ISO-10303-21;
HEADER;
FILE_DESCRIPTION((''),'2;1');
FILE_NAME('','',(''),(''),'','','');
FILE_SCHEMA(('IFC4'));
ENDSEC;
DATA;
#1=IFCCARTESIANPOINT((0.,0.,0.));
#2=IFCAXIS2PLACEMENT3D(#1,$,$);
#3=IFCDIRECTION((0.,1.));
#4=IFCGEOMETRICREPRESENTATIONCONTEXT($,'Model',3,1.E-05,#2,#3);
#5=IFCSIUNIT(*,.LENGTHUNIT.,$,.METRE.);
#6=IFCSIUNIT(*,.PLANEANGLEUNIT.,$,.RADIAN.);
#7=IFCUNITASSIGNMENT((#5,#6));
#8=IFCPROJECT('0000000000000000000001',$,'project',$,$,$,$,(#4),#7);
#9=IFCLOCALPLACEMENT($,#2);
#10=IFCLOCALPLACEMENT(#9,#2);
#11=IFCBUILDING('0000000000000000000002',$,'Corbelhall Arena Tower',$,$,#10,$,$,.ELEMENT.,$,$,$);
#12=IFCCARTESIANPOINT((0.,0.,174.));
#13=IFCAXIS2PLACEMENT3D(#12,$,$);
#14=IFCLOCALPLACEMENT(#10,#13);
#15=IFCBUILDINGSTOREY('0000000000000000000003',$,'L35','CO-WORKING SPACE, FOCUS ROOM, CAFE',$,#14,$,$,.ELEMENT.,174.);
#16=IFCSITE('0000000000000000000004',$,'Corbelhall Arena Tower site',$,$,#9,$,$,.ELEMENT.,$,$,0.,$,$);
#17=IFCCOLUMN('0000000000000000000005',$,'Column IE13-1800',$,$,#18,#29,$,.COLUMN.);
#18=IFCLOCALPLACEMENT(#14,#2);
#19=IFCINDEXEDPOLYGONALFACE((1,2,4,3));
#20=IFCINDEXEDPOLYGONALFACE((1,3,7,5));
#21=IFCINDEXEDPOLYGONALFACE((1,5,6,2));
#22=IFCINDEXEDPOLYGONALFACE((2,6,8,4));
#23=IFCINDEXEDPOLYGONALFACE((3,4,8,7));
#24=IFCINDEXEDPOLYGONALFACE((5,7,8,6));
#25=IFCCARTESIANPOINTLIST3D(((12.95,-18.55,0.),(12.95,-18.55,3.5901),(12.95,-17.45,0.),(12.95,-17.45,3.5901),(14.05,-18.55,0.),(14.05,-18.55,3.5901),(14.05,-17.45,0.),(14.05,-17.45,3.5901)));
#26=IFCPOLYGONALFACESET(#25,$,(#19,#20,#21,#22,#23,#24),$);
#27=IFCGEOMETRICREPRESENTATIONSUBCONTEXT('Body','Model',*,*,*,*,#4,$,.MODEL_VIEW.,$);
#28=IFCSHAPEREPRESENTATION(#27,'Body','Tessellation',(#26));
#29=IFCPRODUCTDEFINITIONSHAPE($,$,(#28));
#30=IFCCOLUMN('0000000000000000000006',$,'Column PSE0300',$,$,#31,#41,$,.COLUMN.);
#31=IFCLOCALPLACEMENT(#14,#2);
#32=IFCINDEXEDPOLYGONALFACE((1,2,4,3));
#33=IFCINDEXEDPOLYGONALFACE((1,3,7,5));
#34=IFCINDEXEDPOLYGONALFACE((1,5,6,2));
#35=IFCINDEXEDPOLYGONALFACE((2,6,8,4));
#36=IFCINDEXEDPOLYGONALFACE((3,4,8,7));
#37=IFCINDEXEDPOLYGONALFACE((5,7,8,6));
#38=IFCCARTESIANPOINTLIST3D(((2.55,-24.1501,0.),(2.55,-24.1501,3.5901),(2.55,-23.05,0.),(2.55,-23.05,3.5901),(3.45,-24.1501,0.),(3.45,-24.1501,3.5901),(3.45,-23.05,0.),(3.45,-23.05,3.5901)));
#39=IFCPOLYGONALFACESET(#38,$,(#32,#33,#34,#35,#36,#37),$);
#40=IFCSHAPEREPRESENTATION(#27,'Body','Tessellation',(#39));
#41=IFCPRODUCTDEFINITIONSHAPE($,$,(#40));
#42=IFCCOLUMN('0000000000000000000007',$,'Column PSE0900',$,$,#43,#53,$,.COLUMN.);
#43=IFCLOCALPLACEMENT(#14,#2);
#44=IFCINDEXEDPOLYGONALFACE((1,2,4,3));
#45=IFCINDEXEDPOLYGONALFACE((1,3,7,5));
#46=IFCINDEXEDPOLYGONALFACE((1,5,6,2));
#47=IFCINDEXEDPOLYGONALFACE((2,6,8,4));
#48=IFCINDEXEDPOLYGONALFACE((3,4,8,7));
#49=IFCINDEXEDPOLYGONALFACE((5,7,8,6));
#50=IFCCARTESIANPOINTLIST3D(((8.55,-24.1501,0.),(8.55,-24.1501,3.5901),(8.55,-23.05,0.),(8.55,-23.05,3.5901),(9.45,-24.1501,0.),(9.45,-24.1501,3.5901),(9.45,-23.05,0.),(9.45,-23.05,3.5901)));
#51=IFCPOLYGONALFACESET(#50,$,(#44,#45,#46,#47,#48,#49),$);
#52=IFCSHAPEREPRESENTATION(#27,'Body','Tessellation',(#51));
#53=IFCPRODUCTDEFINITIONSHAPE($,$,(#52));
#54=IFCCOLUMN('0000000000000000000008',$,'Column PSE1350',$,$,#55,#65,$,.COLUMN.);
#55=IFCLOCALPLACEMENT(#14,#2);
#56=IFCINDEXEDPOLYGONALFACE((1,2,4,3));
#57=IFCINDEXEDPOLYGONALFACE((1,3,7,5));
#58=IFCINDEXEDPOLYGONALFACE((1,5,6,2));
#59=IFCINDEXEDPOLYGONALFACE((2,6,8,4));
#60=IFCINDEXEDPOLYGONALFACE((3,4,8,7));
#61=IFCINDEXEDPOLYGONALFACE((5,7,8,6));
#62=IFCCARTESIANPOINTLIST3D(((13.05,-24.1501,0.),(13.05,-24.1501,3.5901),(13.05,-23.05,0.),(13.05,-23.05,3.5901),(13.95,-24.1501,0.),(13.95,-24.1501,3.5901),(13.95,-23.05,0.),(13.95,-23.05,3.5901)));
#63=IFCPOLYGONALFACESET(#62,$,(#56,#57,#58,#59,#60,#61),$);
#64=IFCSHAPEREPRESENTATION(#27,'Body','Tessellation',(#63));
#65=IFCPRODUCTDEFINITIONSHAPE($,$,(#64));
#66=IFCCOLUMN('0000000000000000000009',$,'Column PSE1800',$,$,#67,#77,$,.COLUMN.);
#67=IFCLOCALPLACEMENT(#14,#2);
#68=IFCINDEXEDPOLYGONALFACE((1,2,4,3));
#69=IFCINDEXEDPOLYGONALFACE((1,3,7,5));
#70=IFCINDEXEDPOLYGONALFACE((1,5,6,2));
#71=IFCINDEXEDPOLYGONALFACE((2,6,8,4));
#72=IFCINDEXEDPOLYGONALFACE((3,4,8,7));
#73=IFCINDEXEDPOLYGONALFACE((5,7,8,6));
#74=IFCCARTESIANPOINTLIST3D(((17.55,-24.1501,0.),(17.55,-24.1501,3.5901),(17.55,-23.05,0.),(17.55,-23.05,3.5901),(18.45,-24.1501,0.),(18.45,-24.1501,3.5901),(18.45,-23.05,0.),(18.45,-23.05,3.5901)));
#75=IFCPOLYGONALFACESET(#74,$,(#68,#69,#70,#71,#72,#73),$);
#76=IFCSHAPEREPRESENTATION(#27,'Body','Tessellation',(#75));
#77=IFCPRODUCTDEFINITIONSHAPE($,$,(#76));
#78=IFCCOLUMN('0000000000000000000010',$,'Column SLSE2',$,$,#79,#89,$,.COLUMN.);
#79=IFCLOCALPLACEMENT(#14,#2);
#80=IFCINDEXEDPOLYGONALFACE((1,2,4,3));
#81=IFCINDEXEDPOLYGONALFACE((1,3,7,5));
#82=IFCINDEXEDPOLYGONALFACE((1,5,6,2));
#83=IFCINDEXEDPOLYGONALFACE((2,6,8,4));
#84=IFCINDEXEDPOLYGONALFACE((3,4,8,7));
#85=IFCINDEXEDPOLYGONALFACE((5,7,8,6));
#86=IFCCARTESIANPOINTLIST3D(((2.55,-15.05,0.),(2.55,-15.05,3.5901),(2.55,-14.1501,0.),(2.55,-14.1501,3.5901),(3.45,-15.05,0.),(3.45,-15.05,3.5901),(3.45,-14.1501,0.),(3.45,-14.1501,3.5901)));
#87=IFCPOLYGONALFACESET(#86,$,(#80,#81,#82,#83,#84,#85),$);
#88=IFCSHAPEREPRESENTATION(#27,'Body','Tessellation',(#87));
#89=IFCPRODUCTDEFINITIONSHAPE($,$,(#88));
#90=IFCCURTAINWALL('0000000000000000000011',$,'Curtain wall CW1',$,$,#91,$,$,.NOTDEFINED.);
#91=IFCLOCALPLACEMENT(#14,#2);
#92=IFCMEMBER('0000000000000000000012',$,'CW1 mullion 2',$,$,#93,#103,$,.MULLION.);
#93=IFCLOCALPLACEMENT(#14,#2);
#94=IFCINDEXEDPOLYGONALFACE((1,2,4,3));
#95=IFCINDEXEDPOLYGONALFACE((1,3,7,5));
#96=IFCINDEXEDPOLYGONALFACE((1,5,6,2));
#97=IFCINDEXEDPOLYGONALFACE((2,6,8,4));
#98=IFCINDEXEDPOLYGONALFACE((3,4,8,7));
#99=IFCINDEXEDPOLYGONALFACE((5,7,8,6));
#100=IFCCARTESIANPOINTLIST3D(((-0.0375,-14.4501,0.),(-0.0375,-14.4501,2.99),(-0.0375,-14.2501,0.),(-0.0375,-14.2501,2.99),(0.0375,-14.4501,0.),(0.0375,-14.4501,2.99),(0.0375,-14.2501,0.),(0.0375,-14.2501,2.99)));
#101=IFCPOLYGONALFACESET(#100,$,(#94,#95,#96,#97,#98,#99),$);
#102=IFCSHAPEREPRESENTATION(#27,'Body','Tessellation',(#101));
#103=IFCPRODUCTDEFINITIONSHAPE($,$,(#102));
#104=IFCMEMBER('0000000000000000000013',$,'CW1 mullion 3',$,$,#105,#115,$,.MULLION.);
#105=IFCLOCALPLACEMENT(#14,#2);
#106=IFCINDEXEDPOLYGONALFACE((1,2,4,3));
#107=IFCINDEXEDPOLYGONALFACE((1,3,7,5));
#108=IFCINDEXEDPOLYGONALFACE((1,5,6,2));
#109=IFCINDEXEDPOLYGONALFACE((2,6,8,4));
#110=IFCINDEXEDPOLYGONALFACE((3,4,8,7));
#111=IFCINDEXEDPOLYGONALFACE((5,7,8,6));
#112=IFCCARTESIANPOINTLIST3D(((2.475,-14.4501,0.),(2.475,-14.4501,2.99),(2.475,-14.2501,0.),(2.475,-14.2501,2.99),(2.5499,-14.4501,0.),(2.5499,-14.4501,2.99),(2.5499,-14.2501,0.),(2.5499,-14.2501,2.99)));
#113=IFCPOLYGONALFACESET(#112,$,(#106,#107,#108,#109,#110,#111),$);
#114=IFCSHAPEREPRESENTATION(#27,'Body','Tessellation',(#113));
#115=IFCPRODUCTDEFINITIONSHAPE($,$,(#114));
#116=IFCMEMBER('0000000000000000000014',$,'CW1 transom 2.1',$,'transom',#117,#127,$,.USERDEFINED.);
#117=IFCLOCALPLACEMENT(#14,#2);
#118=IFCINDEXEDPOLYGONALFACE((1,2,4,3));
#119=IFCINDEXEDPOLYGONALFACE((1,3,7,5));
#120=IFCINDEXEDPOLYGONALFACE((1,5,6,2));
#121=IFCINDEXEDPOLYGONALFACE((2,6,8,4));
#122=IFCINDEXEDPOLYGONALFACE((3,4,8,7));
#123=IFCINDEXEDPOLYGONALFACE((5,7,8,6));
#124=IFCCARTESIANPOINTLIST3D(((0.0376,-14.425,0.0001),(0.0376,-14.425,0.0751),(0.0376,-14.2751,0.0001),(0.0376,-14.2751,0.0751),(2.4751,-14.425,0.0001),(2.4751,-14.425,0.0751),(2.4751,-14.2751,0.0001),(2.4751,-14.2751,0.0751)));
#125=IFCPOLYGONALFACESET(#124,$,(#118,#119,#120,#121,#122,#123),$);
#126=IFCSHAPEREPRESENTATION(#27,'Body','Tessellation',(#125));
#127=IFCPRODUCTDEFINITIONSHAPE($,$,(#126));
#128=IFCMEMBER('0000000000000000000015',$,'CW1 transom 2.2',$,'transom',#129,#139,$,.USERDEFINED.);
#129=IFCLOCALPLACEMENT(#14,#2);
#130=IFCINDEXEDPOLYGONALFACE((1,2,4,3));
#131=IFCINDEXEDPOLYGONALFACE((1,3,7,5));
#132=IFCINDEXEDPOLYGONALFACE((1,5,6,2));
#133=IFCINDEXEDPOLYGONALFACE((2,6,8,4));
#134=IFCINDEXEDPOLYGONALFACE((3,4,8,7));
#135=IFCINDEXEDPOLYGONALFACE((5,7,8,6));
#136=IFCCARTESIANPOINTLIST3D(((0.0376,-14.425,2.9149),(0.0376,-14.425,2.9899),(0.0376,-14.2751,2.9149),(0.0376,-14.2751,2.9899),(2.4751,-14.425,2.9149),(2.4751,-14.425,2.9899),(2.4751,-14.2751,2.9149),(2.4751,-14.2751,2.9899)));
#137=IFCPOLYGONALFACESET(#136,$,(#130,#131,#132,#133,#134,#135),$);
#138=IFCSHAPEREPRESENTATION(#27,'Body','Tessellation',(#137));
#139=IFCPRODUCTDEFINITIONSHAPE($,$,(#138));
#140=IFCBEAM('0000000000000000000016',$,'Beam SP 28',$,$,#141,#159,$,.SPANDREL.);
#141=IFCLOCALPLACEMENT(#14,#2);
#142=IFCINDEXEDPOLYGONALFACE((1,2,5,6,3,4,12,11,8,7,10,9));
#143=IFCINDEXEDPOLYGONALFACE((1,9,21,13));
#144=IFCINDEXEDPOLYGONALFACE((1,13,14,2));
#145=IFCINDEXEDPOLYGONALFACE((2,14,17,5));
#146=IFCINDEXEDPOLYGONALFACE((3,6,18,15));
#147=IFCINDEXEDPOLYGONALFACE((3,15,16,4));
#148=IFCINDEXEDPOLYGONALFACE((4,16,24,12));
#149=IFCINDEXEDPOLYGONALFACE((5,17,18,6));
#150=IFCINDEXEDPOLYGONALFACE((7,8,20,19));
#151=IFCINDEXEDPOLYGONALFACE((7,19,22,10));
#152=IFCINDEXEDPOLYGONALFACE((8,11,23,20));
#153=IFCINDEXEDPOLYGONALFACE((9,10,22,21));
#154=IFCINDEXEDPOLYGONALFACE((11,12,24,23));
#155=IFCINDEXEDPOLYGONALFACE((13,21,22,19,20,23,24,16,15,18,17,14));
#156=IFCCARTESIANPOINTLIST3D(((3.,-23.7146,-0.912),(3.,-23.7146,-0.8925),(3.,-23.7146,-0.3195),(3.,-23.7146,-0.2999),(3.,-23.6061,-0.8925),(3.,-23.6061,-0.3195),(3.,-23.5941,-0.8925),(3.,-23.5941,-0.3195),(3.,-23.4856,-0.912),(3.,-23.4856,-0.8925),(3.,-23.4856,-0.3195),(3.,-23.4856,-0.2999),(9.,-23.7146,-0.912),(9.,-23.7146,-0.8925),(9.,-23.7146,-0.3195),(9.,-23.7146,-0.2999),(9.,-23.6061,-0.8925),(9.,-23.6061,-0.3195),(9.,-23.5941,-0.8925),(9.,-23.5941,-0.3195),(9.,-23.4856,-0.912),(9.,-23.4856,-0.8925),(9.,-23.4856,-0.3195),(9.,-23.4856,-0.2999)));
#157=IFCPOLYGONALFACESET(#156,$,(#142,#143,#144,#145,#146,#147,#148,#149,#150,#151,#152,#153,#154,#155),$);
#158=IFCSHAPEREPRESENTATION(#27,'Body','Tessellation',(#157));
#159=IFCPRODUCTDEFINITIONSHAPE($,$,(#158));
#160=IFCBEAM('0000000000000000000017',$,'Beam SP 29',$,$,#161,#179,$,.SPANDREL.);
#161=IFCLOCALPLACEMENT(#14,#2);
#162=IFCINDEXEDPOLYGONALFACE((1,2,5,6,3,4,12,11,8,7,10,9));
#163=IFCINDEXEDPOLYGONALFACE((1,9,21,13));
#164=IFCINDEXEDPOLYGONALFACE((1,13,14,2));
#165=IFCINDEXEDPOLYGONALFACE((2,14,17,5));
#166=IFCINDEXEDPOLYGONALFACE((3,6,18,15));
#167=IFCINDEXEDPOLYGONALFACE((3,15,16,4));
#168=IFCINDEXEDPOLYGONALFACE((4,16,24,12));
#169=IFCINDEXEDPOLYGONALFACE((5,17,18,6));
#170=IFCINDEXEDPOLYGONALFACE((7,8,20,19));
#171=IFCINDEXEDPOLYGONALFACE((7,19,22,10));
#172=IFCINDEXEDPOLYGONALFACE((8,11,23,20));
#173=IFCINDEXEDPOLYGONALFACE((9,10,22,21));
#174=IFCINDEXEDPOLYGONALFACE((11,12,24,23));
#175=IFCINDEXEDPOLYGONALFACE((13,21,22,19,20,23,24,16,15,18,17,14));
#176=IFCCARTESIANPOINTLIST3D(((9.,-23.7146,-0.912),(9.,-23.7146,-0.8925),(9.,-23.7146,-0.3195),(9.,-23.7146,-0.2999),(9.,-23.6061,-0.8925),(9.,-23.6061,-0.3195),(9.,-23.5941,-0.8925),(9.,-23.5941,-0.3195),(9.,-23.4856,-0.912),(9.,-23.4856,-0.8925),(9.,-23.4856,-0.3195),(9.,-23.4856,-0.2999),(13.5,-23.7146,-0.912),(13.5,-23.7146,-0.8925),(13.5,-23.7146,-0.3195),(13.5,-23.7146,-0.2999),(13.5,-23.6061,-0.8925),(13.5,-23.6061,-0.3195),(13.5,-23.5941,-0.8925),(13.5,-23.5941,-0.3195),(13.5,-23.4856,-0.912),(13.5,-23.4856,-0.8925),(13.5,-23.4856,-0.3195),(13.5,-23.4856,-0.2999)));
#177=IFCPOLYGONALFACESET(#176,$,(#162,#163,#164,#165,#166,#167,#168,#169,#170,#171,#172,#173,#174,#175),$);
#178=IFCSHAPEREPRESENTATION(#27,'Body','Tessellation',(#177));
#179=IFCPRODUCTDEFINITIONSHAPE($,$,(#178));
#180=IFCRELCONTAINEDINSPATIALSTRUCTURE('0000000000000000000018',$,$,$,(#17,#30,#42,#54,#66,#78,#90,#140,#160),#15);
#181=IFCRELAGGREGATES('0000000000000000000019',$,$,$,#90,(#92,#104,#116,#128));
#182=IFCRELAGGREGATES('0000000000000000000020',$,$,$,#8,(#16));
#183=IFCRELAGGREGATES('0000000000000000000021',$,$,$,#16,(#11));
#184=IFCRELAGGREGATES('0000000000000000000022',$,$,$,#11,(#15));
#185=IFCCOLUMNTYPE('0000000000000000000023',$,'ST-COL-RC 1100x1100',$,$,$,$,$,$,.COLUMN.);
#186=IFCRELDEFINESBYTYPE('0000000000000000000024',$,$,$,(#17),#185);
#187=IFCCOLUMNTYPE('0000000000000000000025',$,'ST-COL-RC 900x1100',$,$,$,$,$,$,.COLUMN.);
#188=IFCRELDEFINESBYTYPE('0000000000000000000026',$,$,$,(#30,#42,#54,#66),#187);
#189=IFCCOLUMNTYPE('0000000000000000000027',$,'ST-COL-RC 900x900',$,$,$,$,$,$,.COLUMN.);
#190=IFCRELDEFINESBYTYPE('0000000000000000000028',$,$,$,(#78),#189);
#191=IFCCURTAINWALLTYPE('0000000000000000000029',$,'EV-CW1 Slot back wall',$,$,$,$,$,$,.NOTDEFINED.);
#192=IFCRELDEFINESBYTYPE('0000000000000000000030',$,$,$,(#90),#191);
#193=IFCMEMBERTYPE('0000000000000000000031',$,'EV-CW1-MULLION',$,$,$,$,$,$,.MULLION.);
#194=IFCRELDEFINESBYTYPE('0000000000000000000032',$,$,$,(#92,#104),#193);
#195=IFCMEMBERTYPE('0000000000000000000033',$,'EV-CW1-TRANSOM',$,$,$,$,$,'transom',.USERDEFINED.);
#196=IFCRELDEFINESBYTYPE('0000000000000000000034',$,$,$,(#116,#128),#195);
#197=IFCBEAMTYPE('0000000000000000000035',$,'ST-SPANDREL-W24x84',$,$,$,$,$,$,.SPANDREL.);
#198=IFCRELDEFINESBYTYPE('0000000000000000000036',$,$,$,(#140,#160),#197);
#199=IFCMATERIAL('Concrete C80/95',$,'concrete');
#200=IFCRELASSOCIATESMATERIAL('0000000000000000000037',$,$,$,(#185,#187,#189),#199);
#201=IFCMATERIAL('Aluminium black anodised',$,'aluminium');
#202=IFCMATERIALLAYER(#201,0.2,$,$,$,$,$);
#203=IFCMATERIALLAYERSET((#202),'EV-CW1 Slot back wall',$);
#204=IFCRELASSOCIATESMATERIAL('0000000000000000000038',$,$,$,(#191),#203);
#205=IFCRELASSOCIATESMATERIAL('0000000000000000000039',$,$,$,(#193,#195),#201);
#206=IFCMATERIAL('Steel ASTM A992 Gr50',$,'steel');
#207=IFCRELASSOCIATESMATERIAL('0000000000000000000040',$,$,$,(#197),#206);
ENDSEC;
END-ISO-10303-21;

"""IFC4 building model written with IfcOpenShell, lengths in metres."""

from ifc_helpers import new_model, si_unit, direction, frame, origin, origin_2d, place, context, subcontext, project, spatial, rectangle, i_section, extrude, material, layer, layer_set, material_profile, profile_set, type_object, element, aggregate, save


model = new_model("IFC4")

# Units and contexts
model_context = context("Model", 3, precision=1e-05, world=origin(), true_north=direction((0.0, 1.0)))
body_context = subcontext(model_context, "Body", "Model", "MODEL_VIEW")
ifc_project = project(units=[si_unit("LENGTHUNIT", "METRE"), si_unit("PLANEANGLEUNIT", "RADIAN")], contexts=[model_context])

# Site, building, storey
site_placement = place(None, origin())
site = spatial("IfcSite", under=ifc_project, at=site_placement, Name="Corbelhall Arena Tower site", CompositionType="ELEMENT", RefElevation=0.0)
building_placement = place(site_placement, origin())
building = spatial("IfcBuilding", under=site, at=building_placement, Name="Corbelhall Arena Tower", CompositionType="ELEMENT")
storey_placement = place(building_placement, frame((0.0, 0.0, 174.0)))
storey = spatial("IfcBuildingStorey", under=building, at=storey_placement, Name="L35", Description="CO-WORKING SPACE, FOCUS ROOM, CAFE", CompositionType="ELEMENT", Elevation=174.0)

# Columns
ifc_material_1 = material(Name="Concrete C80/95", Category="concrete")
ifc_material_profile_1 = material_profile(ifc_material_1, rectangle(XDim=1.1001, YDim=1.1001, at=origin_2d()))
ifc_profile_set_1 = profile_set([ifc_material_profile_1], Name="Concrete C80/95")
column_type_1 = type_object("IfcColumnType", Name="ST-COL-RC 1100x1100", PredefinedType="COLUMN", material=ifc_profile_set_1)
column_1_placement = place(storey_placement, frame((13.5, -18.0, 0.0), z_axis=(0.0, 0.0, 1.0), x_axis=(1.0, 0.0, 0.0)))
element("IfcColumn", 1, at=column_1_placement, inside=storey, type_object=column_type_1, Name="Column IE13-1800", PredefinedType="COLUMN", context=body_context, shape_type="SweptSolid", body=[
    extrude(rectangle(XDim=1.1001, YDim=1.1001, at=origin_2d()), origin(), (0.0, 0.0, 1.0), 3.5901),
])
ifc_material_profile_2 = material_profile(ifc_material_1, rectangle(XDim=0.8999, YDim=1.1001, at=origin_2d()))
ifc_profile_set_2 = profile_set([ifc_material_profile_2], Name="Concrete C80/95")
column_type_2 = type_object("IfcColumnType", Name="ST-COL-RC 900x1100", PredefinedType="COLUMN", material=ifc_profile_set_2)
for number, where, z_axis, x_axis, name in (
    (2, (3.0, -23.6001, 0.0), (0.0, 0.0, 1.0), (1.0, 0.0, 0.0), "Column PSE0300"),
    (3, (9.0, -23.6001, 0.0), (0.0, 0.0, 1.0), (1.0, 0.0, 0.0), "Column PSE0900"),
    (4, (13.5, -23.6001, 0.0), (0.0, 0.0, 1.0), (1.0, 0.0, 0.0), "Column PSE1350"),
    (5, (18.0, -23.6001, 0.0), (0.0, 0.0, 1.0), (1.0, 0.0, 0.0), "Column PSE1800"),
):
    element("IfcColumn", number, at=place(storey_placement, frame(where, z_axis=z_axis, x_axis=x_axis)), inside=storey, type_object=column_type_2, Name=name, PredefinedType="COLUMN", context=body_context, shape_type="SweptSolid", body=[
        extrude(rectangle(XDim=0.8999, YDim=1.1001, at=origin_2d()), origin(), (0.0, 0.0, 1.0), 3.5901),
    ])
ifc_material_profile_3 = material_profile(ifc_material_1, rectangle(XDim=0.8999, YDim=0.8999, at=origin_2d()))
ifc_profile_set_3 = profile_set([ifc_material_profile_3], Name="Concrete C80/95")
column_type_3 = type_object("IfcColumnType", Name="ST-COL-RC 900x900", PredefinedType="COLUMN", material=ifc_profile_set_3)
column_2_placement = place(storey_placement, frame((3.0, -14.6001, 0.0), z_axis=(0.0, 0.0, 1.0), x_axis=(1.0, 0.0, 0.0)))
element("IfcColumn", 6, at=column_2_placement, inside=storey, type_object=column_type_3, Name="Column SLSE2", PredefinedType="COLUMN", context=body_context, shape_type="SweptSolid", body=[
    extrude(rectangle(XDim=0.8999, YDim=0.8999, at=origin_2d()), origin(), (0.0, 0.0, 1.0), 3.5901),
])

# Curtain wall, members
ifc_material_2 = material(Name="Aluminium black anodised", Category="aluminium")
ifc_layer_1 = layer(ifc_material_2, 0.2)
ifc_layer_set_1 = layer_set([ifc_layer_1], Name="EV-CW1 Slot back wall")
curtain_wall_type = type_object("IfcCurtainWallType", Name="EV-CW1 Slot back wall", PredefinedType="NOTDEFINED", material=ifc_layer_set_1)
curtain_wall_placement = place(storey_placement, origin())
curtain_wall = element("IfcCurtainWall", 7, at=curtain_wall_placement, inside=storey, type_object=curtain_wall_type, Name="Curtain wall CW1", PredefinedType="NOTDEFINED")
ifc_material_profile_4 = material_profile(ifc_material_2, rectangle(XDim=0.2, YDim=0.075, at=origin_2d()))
ifc_profile_set_4 = profile_set([ifc_material_profile_4], Name="Aluminium black anodised")
member_type_1 = type_object("IfcMemberType", Name="EV-CW1-MULLION", PredefinedType="MULLION", material=ifc_profile_set_4)
member_1_placement = place(storey_placement, frame((0.0, -14.3501, 0.0), z_axis=(0.0, 0.0, 1.0), x_axis=(0.0, 1.0, 0.0)))
member_1 = element("IfcMember", 8, at=member_1_placement, type_object=member_type_1, Name="CW1 mullion 2", PredefinedType="MULLION", context=body_context, shape_type="SweptSolid", body=[
    extrude(rectangle(XDim=0.2, YDim=0.075, at=origin_2d()), origin(), (0.0, 0.0, 1.0), 2.99),
])
member_2_placement = place(storey_placement, frame((2.5125, -14.3501, 0.0), z_axis=(0.0, 0.0, 1.0), x_axis=(0.0, 1.0, 0.0)))
member_2 = element("IfcMember", 9, at=member_2_placement, type_object=member_type_1, Name="CW1 mullion 3", PredefinedType="MULLION", context=body_context, shape_type="SweptSolid", body=[
    extrude(rectangle(XDim=0.2, YDim=0.075, at=origin_2d()), origin(), (0.0, 0.0, 1.0), 2.99),
])
ifc_material_profile_5 = material_profile(ifc_material_2, rectangle(XDim=0.1499, YDim=0.075, at=origin_2d()))
ifc_profile_set_5 = profile_set([ifc_material_profile_5], Name="Aluminium black anodised")
member_type_2 = type_object("IfcMemberType", Name="EV-CW1-TRANSOM", ElementType="transom", PredefinedType="USERDEFINED", material=ifc_profile_set_5)
member_3_placement = place(storey_placement, frame((0.0376, -14.3501, 0.0376), z_axis=(1.0, 0.0, 0.0), x_axis=(0.0, 1.0, 0.0)))
member_3 = element("IfcMember", 10, at=member_3_placement, type_object=member_type_2, Name="CW1 transom 2.1", ObjectType="transom", PredefinedType="USERDEFINED", context=body_context, shape_type="SweptSolid", body=[
    extrude(rectangle(XDim=0.1499, YDim=0.075, at=origin_2d()), origin(), (0.0, 0.0, 1.0), 2.4375),
])
member_4_placement = place(storey_placement, frame((0.0376, -14.3501, 2.9524), z_axis=(1.0, 0.0, 0.0), x_axis=(0.0, 1.0, 0.0)))
member_4 = element("IfcMember", 11, at=member_4_placement, type_object=member_type_2, Name="CW1 transom 2.2", ObjectType="transom", PredefinedType="USERDEFINED", context=body_context, shape_type="SweptSolid", body=[
    extrude(rectangle(XDim=0.1499, YDim=0.075, at=origin_2d()), origin(), (0.0, 0.0, 1.0), 2.4375),
])

# Beams
ifc_material_3 = material(Name="Steel ASTM A992 Gr50", Category="steel")
ifc_material_profile_6 = material_profile(ifc_material_3, i_section(OverallWidth=0.229, OverallDepth=0.6121, WebThickness=0.012, FlangeThickness=0.0195, at=origin_2d()))
ifc_profile_set_6 = profile_set([ifc_material_profile_6], Name="Steel ASTM A992 Gr50")
beam_type_1 = type_object("IfcBeamType", Name="ST-SPANDREL-W24x84", PredefinedType="SPANDREL", material=ifc_profile_set_6)
beam_1_placement = place(storey_placement, frame((9.0, -23.6001, -0.606), z_axis=(-1.0, 0.0, 0.0), x_axis=(0.0, -1.0, 0.0)))
element("IfcBeam", 12, at=beam_1_placement, inside=storey, type_object=beam_type_1, Name="Beam SP 28", PredefinedType="SPANDREL", context=body_context, shape_type="SweptSolid", body=[
    extrude(i_section(OverallWidth=0.229, OverallDepth=0.6121, WebThickness=0.012, FlangeThickness=0.0195, at=origin_2d()), origin(), (0.0, 0.0, 1.0), 6.0),
])
beam_2_placement = place(storey_placement, frame((13.5, -23.6001, -0.606), z_axis=(-1.0, 0.0, 0.0), x_axis=(0.0, -1.0, 0.0)))
element("IfcBeam", 13, at=beam_2_placement, inside=storey, type_object=beam_type_1, Name="Beam SP 29", PredefinedType="SPANDREL", context=body_context, shape_type="SweptSolid", body=[
    extrude(i_section(OverallWidth=0.229, OverallDepth=0.6121, WebThickness=0.012, FlangeThickness=0.0195, at=origin_2d()), origin(), (0.0, 0.0, 1.0), 4.5),
])

aggregate(curtain_wall, [member_1, member_2, member_3, member_4])

save(model, "model.ifc")
